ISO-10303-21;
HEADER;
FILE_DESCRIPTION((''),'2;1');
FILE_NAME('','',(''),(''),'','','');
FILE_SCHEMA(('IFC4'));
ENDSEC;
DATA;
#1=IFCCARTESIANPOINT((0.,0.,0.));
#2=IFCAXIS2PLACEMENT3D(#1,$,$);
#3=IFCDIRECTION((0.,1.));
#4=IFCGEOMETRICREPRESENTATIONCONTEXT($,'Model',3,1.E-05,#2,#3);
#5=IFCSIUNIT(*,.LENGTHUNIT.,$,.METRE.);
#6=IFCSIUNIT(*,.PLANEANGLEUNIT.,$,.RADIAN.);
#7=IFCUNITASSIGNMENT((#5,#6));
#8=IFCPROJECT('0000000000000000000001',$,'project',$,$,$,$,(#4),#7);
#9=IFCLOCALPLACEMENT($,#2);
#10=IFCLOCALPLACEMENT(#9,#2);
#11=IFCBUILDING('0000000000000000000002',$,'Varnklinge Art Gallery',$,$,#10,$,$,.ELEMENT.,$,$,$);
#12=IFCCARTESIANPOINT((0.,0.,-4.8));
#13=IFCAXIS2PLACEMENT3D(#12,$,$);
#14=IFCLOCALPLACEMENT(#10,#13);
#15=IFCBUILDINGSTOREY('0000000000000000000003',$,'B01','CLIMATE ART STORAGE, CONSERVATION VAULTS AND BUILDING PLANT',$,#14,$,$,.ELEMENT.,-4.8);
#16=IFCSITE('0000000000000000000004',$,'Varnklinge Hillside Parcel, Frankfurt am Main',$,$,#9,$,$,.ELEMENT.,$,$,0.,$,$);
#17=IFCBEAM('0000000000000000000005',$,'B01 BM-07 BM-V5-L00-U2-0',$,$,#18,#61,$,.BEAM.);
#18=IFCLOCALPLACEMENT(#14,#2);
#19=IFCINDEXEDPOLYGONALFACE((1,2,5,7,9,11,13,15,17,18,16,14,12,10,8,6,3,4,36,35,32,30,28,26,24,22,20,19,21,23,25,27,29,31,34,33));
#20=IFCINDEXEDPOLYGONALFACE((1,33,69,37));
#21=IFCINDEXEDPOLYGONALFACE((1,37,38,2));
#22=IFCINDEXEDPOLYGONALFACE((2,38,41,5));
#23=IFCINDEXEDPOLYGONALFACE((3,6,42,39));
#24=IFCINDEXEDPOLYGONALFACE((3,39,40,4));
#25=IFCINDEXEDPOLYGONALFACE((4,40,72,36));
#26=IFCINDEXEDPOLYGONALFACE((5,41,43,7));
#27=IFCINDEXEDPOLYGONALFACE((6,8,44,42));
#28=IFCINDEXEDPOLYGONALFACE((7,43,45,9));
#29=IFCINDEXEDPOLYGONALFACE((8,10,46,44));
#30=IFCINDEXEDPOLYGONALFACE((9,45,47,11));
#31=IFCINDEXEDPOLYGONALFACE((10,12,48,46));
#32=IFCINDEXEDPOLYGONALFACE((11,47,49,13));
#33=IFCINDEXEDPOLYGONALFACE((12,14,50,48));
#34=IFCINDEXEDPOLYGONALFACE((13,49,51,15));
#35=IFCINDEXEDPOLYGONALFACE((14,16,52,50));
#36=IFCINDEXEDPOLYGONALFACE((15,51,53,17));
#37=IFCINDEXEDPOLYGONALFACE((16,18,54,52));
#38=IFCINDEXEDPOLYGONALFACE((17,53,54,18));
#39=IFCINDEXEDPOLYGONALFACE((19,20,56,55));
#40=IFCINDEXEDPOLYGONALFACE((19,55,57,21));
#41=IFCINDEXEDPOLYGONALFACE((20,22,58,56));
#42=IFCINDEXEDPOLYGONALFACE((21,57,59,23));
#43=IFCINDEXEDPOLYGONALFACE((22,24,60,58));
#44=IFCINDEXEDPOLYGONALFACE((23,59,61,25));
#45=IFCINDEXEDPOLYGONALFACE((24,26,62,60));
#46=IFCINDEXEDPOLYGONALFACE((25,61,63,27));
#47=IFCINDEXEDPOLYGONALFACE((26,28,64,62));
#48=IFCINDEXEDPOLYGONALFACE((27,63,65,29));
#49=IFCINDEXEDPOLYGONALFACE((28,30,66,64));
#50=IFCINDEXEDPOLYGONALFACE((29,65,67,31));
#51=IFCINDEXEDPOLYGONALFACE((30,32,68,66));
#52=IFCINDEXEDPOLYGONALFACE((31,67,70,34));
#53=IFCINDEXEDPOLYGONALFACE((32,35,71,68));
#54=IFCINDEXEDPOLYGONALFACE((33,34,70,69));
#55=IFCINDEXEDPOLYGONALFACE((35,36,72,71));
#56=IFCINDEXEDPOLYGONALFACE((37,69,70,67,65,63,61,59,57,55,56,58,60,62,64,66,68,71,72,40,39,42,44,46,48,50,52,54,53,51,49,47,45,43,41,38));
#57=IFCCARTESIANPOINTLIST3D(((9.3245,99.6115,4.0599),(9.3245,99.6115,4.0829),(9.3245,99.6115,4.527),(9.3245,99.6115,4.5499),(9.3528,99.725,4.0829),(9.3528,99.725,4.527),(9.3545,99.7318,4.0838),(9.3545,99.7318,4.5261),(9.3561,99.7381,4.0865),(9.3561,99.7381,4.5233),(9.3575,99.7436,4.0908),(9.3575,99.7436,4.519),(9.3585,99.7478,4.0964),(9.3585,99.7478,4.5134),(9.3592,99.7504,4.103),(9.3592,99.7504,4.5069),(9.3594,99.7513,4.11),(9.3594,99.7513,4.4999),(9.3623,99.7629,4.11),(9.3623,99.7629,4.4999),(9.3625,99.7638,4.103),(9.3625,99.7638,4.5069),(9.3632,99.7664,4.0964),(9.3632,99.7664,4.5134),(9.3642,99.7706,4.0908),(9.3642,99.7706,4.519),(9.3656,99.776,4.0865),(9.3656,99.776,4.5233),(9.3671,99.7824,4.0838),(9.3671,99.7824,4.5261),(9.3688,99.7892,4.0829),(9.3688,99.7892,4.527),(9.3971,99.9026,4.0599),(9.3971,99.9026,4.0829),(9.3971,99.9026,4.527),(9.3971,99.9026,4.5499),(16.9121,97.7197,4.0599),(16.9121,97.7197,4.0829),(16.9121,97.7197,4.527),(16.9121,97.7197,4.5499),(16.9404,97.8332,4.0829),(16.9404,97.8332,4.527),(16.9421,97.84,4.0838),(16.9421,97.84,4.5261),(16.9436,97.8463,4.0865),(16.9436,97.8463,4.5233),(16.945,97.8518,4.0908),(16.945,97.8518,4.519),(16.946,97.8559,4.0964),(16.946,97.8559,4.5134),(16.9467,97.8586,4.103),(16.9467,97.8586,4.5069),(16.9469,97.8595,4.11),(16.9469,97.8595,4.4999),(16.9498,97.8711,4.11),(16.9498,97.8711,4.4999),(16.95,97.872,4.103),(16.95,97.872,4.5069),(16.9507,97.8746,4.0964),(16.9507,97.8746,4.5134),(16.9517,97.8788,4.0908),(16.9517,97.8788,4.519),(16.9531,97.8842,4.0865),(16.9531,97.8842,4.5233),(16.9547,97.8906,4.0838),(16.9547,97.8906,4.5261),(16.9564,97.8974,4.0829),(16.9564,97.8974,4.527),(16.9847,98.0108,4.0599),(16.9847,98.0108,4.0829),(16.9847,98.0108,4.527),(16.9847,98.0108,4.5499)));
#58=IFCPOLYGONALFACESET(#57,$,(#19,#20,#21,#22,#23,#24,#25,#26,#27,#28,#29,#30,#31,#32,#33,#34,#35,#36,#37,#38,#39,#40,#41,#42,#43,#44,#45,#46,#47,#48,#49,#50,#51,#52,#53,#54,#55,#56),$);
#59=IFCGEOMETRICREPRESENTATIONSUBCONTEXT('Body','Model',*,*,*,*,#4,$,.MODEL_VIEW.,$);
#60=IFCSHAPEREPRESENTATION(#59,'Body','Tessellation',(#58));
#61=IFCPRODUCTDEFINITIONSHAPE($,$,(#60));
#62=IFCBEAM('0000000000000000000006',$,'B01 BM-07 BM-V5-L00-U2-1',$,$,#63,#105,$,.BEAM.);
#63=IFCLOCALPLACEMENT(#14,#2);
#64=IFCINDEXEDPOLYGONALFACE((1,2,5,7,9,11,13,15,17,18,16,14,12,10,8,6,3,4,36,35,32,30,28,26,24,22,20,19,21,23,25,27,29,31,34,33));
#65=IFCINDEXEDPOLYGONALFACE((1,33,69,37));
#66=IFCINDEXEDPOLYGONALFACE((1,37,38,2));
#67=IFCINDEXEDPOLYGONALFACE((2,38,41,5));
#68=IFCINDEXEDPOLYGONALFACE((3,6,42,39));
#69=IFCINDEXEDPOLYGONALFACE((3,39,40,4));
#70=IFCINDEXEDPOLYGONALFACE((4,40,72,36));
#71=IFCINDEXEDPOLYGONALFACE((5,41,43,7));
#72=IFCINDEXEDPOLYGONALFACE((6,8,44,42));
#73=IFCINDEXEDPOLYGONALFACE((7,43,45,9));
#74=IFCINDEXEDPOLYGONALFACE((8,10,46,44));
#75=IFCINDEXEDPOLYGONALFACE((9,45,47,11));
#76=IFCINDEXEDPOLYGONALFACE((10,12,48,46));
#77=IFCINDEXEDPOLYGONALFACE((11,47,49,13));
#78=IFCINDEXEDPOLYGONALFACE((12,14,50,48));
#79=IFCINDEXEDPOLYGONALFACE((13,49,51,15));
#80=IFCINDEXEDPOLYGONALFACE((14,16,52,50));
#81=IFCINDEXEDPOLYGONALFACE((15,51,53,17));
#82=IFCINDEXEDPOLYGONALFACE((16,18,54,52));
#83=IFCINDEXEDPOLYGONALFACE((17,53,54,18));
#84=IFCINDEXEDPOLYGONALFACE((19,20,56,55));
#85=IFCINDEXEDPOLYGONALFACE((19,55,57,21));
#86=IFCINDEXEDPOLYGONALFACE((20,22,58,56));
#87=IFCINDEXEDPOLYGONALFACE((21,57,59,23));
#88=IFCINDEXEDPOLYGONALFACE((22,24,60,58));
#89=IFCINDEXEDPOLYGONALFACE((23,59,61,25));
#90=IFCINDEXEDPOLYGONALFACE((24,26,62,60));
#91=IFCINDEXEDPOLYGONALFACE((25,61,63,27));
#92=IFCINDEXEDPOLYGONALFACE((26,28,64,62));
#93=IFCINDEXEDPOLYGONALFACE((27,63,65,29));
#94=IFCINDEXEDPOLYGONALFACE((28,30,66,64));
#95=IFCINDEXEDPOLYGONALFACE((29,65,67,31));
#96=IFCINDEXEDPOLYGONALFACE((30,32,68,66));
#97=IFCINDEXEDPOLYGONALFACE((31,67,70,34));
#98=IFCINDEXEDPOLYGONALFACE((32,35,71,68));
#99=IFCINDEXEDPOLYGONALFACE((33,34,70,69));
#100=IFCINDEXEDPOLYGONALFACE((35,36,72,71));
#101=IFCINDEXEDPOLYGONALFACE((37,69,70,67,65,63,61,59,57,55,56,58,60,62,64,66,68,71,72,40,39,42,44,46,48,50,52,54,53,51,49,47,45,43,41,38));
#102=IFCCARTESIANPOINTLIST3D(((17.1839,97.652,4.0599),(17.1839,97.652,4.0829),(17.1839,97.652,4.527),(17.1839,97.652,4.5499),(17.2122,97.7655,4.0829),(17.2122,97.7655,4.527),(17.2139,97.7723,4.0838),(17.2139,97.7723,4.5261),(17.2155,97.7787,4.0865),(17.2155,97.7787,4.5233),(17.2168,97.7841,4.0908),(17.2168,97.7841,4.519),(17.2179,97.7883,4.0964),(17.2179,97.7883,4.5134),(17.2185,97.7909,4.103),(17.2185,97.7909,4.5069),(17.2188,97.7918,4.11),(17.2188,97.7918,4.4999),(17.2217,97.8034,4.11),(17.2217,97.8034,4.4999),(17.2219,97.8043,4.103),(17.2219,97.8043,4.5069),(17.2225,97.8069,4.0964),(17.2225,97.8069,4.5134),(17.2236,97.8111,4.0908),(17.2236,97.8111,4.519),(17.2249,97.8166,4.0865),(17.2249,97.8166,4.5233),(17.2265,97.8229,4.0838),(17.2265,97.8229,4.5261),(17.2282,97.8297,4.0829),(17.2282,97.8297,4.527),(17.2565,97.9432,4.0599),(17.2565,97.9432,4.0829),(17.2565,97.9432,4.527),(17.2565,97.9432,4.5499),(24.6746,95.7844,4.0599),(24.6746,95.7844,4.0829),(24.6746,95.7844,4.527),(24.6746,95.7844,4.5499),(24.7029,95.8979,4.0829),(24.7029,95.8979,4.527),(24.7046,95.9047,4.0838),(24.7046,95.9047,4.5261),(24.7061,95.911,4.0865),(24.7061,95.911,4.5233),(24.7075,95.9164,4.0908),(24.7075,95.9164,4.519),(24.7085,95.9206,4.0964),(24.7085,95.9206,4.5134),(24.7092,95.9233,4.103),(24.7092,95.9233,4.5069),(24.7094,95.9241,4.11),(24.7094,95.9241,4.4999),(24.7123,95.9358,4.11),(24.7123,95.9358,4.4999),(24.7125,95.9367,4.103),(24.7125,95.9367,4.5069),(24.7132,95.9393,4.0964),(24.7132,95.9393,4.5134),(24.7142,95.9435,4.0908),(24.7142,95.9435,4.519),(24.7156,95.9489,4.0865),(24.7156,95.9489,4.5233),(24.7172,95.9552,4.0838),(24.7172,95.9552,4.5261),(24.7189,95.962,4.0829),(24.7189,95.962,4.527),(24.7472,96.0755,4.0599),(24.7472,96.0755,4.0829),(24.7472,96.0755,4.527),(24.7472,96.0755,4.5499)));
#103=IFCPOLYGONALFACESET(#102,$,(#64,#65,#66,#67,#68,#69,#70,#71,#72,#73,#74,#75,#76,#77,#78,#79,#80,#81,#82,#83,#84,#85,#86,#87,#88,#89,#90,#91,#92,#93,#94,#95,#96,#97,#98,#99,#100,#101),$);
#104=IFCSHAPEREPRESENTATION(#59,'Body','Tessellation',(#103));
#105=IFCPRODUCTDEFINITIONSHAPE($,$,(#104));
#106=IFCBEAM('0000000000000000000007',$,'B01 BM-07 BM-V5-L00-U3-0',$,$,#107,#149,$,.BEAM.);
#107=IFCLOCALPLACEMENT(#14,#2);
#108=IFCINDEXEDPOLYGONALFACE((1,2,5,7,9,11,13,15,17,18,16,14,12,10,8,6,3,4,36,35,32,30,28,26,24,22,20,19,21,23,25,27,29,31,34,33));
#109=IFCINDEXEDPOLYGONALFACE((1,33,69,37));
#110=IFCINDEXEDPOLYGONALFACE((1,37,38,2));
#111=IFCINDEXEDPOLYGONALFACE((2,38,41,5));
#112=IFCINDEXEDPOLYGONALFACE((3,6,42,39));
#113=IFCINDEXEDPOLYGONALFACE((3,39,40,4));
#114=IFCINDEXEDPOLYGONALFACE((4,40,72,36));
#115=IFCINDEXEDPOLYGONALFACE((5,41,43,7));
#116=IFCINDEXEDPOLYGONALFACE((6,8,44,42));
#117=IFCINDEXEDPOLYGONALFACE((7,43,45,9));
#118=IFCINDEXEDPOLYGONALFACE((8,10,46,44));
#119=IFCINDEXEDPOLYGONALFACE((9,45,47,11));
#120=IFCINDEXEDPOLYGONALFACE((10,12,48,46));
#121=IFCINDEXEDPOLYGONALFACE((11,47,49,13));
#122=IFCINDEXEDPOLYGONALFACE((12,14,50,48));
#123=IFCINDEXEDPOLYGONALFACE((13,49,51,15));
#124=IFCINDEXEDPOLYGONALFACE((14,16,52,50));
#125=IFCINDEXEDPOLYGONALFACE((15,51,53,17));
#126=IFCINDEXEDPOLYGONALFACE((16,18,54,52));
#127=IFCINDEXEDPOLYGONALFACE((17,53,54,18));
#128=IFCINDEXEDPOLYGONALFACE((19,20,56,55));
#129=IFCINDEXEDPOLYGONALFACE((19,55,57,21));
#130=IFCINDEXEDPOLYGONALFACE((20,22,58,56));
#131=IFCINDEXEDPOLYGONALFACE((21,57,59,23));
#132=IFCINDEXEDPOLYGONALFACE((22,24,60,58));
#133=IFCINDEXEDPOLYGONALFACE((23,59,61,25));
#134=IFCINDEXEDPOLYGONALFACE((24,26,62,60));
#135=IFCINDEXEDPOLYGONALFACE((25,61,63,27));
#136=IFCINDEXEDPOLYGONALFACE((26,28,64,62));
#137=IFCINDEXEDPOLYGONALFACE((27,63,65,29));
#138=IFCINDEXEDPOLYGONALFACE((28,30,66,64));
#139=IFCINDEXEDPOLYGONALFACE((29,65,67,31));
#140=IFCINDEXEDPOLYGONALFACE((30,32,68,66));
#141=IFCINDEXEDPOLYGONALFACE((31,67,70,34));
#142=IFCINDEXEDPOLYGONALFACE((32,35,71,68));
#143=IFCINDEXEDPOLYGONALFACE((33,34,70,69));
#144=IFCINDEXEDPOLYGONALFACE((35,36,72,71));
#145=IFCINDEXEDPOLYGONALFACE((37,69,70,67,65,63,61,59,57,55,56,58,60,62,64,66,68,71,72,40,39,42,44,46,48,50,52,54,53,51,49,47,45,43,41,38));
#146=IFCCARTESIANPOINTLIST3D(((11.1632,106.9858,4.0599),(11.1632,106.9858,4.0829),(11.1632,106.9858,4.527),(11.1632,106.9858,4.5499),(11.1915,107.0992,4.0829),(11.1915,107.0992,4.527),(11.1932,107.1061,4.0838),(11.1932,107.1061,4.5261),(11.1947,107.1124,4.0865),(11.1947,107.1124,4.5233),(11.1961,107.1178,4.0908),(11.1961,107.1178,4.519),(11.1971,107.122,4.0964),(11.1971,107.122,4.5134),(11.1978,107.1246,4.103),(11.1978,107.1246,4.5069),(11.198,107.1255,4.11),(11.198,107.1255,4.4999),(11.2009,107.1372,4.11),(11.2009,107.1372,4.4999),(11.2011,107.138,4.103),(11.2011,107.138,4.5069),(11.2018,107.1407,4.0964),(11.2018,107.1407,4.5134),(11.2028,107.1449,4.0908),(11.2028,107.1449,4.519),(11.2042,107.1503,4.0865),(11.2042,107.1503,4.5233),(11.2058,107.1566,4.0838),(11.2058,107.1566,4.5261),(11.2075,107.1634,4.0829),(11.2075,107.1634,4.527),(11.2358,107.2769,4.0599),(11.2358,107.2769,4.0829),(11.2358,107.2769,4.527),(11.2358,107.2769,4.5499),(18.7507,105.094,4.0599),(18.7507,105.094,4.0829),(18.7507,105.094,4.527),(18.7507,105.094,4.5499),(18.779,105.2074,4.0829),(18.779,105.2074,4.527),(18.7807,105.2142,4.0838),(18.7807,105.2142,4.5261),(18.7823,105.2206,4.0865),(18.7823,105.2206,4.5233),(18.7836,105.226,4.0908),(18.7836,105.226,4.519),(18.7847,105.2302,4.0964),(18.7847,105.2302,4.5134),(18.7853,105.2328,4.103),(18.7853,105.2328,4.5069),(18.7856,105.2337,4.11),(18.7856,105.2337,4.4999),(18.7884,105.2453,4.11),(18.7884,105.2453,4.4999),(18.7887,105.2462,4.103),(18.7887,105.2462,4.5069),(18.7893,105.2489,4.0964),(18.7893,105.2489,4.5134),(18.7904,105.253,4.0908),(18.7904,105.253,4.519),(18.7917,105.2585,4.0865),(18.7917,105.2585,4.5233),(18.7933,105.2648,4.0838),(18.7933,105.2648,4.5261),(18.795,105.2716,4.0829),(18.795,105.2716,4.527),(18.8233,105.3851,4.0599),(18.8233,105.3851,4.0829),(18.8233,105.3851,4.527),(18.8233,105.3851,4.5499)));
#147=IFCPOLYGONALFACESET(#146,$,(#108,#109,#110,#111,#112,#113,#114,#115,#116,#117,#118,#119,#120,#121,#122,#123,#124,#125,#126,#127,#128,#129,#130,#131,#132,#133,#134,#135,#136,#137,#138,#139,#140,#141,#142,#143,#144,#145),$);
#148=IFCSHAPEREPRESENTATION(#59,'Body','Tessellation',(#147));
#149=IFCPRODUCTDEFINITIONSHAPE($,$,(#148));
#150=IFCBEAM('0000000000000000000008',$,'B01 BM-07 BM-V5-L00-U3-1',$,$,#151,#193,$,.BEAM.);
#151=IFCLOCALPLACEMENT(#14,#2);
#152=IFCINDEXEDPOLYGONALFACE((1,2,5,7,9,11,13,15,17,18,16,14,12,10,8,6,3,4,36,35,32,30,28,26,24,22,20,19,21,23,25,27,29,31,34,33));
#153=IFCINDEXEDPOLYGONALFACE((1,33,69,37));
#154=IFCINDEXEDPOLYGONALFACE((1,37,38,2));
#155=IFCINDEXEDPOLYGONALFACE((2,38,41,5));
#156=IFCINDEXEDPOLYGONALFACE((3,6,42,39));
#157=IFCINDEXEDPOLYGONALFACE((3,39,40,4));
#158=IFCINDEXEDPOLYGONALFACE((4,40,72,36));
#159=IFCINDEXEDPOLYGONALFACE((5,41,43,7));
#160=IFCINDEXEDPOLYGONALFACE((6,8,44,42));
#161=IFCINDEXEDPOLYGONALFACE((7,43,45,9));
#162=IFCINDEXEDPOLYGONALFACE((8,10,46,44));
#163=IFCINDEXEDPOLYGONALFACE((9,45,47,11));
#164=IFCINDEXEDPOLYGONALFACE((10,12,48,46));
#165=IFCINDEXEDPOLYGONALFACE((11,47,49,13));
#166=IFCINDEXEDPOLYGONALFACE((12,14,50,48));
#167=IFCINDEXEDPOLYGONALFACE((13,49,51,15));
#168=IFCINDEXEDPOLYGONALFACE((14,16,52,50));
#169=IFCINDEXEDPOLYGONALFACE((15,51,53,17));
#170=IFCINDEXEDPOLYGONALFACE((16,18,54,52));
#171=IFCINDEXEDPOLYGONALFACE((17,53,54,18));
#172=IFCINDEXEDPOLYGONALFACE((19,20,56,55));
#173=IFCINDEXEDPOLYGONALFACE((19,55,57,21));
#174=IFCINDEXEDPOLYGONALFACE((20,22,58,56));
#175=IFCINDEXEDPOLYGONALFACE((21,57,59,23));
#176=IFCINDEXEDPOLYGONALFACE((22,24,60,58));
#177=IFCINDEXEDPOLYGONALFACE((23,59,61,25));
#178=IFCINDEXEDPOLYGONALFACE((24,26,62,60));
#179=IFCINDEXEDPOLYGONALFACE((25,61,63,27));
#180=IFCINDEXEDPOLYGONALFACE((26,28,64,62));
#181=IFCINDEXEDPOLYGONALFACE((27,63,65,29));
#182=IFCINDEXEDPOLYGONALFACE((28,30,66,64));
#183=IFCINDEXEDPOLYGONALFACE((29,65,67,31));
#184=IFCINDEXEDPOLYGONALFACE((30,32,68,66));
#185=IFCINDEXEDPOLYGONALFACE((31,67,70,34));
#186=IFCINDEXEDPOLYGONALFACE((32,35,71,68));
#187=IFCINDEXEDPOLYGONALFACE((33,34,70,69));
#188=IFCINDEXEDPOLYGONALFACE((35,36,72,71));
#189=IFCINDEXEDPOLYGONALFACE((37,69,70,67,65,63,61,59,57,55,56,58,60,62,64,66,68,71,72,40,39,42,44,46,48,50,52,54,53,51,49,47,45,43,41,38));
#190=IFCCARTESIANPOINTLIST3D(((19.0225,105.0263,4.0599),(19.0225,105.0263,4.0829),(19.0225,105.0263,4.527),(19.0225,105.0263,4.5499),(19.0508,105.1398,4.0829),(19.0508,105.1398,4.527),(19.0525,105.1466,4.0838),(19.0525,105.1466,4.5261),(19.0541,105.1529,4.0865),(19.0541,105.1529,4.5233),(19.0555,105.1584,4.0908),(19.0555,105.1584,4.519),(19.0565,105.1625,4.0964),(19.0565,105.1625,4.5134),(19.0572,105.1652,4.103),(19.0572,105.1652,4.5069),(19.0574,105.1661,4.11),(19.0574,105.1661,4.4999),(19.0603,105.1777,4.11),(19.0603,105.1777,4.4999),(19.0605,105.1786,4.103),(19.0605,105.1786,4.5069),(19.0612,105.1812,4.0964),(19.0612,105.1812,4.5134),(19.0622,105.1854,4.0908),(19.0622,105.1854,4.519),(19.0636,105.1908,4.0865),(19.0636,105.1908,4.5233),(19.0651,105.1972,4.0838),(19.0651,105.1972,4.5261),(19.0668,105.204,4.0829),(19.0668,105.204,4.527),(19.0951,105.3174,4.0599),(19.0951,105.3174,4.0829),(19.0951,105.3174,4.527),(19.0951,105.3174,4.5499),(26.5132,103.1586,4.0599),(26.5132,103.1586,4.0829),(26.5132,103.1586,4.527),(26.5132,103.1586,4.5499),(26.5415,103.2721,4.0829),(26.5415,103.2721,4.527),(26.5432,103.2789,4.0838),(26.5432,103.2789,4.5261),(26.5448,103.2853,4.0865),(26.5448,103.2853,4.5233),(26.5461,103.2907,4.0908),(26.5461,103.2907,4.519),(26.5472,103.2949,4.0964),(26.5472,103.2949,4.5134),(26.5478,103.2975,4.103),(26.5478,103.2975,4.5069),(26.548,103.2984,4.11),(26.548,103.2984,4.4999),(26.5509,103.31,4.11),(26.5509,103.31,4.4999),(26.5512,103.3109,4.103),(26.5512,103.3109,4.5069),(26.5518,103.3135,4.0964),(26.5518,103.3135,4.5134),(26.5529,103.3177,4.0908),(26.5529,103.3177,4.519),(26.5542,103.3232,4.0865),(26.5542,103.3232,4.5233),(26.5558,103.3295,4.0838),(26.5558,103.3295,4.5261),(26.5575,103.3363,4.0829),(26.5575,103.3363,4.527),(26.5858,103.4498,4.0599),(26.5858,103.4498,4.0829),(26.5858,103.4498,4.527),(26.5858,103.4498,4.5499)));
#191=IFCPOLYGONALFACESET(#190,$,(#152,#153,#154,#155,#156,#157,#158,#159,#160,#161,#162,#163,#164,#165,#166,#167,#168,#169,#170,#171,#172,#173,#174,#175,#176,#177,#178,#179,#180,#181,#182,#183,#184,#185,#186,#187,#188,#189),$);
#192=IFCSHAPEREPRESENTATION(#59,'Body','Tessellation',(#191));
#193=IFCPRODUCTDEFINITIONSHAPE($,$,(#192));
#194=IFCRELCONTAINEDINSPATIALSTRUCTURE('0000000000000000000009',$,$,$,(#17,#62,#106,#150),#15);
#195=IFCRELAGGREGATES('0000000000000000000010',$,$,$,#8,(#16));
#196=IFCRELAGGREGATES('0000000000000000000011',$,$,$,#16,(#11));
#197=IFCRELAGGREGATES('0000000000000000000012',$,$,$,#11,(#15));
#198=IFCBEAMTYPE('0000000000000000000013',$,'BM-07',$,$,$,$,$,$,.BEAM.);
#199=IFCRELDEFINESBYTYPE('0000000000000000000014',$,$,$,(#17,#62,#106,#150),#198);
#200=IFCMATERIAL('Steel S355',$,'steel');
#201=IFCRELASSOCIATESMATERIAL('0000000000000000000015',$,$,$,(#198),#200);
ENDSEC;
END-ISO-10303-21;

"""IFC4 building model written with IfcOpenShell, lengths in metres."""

from ifc_helpers import new_model, si_unit, direction, frame, origin, origin_2d, place, context, subcontext, project, spatial, i_section, extrude, material, material_profile, profile_set, type_object, element, save


model = new_model("IFC4")

# Units and contexts
model_context = context("Model", 3, precision=1e-05, world=origin(), true_north=direction((0.0, 1.0)))
body_context = subcontext(model_context, "Body", "Model", "MODEL_VIEW")
ifc_project = project(units=[si_unit("LENGTHUNIT", "METRE"), si_unit("PLANEANGLEUNIT", "RADIAN")], contexts=[model_context])

# Site, building, storey
site_placement = place(None, origin())
site = spatial("IfcSite", under=ifc_project, at=site_placement, Name="Varnklinge Hillside Parcel, Frankfurt am Main", CompositionType="ELEMENT", RefElevation=0.0)
building_placement = place(site_placement, origin())
building = spatial("IfcBuilding", under=site, at=building_placement, Name="Varnklinge Art Gallery", CompositionType="ELEMENT")
storey_placement = place(building_placement, frame((0.0, 0.0, -4.8)))
storey = spatial("IfcBuildingStorey", under=building, at=storey_placement, Name="B01", Description="CLIMATE ART STORAGE, CONSERVATION VAULTS AND BUILDING PLANT", CompositionType="ELEMENT", Elevation=-4.8)

# Beams
ifc_material_1 = material(Name="Steel S355", Category="steel")
ifc_material_profile_1 = material_profile(ifc_material_1, i_section(OverallWidth=0.3, OverallDepth=0.49, WebThickness=0.012, FlangeThickness=0.0229, FilletRadius=0.0271, at=origin_2d()), Name="HEA 500")
ifc_profile_set_1 = profile_set([ifc_material_profile_1], Name="Steel S355")
beam_type_1 = type_object("IfcBeamType", Name="BM-07", PredefinedType="BEAM", material=ifc_profile_set_1)
beam_1_placement = place(storey_placement, frame((9.3608, 99.7571, 4.3049), z_axis=(0.970295, -0.241926, 0.0), x_axis=(0.241926, 0.970295, 0.0)))
element("IfcBeam", 1, at=beam_1_placement, inside=storey, type_object=beam_type_1, Name="B01 BM-07 BM-V5-L00-U2-0", PredefinedType="BEAM", context=body_context, shape_type="SweptSolid", body=[
    extrude(i_section(OverallWidth=0.3, OverallDepth=0.49, WebThickness=0.012, FlangeThickness=0.0229, FilletRadius=0.0271, at=origin_2d()), origin(), (0.0, 0.0, 1.0), 7.8198),
])
beam_2_placement = place(storey_placement, frame((17.2202, 97.7976, 4.3049), z_axis=(0.970295, -0.241925, 0.0), x_axis=(0.241925, 0.970295, 0.0)))
element("IfcBeam", 2, at=beam_2_placement, inside=storey, type_object=beam_type_1, Name="B01 BM-07 BM-V5-L00-U2-1", PredefinedType="BEAM", context=body_context, shape_type="SweptSolid", body=[
    extrude(i_section(OverallWidth=0.3, OverallDepth=0.49, WebThickness=0.012, FlangeThickness=0.0229, FilletRadius=0.0271, at=origin_2d()), origin(), (0.0, 0.0, 1.0), 7.72),
])
beam_3_placement = place(storey_placement, frame((11.1995, 107.1313, 4.3049), z_axis=(0.970295, -0.241926, 0.0), x_axis=(0.241926, 0.970295, 0.0)))
element("IfcBeam", 3, at=beam_3_placement, inside=storey, type_object=beam_type_1, Name="B01 BM-07 BM-V5-L00-U3-0", PredefinedType="BEAM", context=body_context, shape_type="SweptSolid", body=[
    extrude(i_section(OverallWidth=0.3, OverallDepth=0.49, WebThickness=0.012, FlangeThickness=0.0229, FilletRadius=0.0271, at=origin_2d()), origin(), (0.0, 0.0, 1.0), 7.8198),
])
beam_4_placement = place(storey_placement, frame((19.0588, 105.1719, 4.3049), z_axis=(0.970295, -0.241925, 0.0), x_axis=(0.241925, 0.970295, 0.0)))
element("IfcBeam", 4, at=beam_4_placement, inside=storey, type_object=beam_type_1, Name="B01 BM-07 BM-V5-L00-U3-1", PredefinedType="BEAM", context=body_context, shape_type="SweptSolid", body=[
    extrude(i_section(OverallWidth=0.3, OverallDepth=0.49, WebThickness=0.012, FlangeThickness=0.0229, FilletRadius=0.0271, at=origin_2d()), origin(), (0.0, 0.0, 1.0), 7.72),
])

save(model, "model.ifc")
